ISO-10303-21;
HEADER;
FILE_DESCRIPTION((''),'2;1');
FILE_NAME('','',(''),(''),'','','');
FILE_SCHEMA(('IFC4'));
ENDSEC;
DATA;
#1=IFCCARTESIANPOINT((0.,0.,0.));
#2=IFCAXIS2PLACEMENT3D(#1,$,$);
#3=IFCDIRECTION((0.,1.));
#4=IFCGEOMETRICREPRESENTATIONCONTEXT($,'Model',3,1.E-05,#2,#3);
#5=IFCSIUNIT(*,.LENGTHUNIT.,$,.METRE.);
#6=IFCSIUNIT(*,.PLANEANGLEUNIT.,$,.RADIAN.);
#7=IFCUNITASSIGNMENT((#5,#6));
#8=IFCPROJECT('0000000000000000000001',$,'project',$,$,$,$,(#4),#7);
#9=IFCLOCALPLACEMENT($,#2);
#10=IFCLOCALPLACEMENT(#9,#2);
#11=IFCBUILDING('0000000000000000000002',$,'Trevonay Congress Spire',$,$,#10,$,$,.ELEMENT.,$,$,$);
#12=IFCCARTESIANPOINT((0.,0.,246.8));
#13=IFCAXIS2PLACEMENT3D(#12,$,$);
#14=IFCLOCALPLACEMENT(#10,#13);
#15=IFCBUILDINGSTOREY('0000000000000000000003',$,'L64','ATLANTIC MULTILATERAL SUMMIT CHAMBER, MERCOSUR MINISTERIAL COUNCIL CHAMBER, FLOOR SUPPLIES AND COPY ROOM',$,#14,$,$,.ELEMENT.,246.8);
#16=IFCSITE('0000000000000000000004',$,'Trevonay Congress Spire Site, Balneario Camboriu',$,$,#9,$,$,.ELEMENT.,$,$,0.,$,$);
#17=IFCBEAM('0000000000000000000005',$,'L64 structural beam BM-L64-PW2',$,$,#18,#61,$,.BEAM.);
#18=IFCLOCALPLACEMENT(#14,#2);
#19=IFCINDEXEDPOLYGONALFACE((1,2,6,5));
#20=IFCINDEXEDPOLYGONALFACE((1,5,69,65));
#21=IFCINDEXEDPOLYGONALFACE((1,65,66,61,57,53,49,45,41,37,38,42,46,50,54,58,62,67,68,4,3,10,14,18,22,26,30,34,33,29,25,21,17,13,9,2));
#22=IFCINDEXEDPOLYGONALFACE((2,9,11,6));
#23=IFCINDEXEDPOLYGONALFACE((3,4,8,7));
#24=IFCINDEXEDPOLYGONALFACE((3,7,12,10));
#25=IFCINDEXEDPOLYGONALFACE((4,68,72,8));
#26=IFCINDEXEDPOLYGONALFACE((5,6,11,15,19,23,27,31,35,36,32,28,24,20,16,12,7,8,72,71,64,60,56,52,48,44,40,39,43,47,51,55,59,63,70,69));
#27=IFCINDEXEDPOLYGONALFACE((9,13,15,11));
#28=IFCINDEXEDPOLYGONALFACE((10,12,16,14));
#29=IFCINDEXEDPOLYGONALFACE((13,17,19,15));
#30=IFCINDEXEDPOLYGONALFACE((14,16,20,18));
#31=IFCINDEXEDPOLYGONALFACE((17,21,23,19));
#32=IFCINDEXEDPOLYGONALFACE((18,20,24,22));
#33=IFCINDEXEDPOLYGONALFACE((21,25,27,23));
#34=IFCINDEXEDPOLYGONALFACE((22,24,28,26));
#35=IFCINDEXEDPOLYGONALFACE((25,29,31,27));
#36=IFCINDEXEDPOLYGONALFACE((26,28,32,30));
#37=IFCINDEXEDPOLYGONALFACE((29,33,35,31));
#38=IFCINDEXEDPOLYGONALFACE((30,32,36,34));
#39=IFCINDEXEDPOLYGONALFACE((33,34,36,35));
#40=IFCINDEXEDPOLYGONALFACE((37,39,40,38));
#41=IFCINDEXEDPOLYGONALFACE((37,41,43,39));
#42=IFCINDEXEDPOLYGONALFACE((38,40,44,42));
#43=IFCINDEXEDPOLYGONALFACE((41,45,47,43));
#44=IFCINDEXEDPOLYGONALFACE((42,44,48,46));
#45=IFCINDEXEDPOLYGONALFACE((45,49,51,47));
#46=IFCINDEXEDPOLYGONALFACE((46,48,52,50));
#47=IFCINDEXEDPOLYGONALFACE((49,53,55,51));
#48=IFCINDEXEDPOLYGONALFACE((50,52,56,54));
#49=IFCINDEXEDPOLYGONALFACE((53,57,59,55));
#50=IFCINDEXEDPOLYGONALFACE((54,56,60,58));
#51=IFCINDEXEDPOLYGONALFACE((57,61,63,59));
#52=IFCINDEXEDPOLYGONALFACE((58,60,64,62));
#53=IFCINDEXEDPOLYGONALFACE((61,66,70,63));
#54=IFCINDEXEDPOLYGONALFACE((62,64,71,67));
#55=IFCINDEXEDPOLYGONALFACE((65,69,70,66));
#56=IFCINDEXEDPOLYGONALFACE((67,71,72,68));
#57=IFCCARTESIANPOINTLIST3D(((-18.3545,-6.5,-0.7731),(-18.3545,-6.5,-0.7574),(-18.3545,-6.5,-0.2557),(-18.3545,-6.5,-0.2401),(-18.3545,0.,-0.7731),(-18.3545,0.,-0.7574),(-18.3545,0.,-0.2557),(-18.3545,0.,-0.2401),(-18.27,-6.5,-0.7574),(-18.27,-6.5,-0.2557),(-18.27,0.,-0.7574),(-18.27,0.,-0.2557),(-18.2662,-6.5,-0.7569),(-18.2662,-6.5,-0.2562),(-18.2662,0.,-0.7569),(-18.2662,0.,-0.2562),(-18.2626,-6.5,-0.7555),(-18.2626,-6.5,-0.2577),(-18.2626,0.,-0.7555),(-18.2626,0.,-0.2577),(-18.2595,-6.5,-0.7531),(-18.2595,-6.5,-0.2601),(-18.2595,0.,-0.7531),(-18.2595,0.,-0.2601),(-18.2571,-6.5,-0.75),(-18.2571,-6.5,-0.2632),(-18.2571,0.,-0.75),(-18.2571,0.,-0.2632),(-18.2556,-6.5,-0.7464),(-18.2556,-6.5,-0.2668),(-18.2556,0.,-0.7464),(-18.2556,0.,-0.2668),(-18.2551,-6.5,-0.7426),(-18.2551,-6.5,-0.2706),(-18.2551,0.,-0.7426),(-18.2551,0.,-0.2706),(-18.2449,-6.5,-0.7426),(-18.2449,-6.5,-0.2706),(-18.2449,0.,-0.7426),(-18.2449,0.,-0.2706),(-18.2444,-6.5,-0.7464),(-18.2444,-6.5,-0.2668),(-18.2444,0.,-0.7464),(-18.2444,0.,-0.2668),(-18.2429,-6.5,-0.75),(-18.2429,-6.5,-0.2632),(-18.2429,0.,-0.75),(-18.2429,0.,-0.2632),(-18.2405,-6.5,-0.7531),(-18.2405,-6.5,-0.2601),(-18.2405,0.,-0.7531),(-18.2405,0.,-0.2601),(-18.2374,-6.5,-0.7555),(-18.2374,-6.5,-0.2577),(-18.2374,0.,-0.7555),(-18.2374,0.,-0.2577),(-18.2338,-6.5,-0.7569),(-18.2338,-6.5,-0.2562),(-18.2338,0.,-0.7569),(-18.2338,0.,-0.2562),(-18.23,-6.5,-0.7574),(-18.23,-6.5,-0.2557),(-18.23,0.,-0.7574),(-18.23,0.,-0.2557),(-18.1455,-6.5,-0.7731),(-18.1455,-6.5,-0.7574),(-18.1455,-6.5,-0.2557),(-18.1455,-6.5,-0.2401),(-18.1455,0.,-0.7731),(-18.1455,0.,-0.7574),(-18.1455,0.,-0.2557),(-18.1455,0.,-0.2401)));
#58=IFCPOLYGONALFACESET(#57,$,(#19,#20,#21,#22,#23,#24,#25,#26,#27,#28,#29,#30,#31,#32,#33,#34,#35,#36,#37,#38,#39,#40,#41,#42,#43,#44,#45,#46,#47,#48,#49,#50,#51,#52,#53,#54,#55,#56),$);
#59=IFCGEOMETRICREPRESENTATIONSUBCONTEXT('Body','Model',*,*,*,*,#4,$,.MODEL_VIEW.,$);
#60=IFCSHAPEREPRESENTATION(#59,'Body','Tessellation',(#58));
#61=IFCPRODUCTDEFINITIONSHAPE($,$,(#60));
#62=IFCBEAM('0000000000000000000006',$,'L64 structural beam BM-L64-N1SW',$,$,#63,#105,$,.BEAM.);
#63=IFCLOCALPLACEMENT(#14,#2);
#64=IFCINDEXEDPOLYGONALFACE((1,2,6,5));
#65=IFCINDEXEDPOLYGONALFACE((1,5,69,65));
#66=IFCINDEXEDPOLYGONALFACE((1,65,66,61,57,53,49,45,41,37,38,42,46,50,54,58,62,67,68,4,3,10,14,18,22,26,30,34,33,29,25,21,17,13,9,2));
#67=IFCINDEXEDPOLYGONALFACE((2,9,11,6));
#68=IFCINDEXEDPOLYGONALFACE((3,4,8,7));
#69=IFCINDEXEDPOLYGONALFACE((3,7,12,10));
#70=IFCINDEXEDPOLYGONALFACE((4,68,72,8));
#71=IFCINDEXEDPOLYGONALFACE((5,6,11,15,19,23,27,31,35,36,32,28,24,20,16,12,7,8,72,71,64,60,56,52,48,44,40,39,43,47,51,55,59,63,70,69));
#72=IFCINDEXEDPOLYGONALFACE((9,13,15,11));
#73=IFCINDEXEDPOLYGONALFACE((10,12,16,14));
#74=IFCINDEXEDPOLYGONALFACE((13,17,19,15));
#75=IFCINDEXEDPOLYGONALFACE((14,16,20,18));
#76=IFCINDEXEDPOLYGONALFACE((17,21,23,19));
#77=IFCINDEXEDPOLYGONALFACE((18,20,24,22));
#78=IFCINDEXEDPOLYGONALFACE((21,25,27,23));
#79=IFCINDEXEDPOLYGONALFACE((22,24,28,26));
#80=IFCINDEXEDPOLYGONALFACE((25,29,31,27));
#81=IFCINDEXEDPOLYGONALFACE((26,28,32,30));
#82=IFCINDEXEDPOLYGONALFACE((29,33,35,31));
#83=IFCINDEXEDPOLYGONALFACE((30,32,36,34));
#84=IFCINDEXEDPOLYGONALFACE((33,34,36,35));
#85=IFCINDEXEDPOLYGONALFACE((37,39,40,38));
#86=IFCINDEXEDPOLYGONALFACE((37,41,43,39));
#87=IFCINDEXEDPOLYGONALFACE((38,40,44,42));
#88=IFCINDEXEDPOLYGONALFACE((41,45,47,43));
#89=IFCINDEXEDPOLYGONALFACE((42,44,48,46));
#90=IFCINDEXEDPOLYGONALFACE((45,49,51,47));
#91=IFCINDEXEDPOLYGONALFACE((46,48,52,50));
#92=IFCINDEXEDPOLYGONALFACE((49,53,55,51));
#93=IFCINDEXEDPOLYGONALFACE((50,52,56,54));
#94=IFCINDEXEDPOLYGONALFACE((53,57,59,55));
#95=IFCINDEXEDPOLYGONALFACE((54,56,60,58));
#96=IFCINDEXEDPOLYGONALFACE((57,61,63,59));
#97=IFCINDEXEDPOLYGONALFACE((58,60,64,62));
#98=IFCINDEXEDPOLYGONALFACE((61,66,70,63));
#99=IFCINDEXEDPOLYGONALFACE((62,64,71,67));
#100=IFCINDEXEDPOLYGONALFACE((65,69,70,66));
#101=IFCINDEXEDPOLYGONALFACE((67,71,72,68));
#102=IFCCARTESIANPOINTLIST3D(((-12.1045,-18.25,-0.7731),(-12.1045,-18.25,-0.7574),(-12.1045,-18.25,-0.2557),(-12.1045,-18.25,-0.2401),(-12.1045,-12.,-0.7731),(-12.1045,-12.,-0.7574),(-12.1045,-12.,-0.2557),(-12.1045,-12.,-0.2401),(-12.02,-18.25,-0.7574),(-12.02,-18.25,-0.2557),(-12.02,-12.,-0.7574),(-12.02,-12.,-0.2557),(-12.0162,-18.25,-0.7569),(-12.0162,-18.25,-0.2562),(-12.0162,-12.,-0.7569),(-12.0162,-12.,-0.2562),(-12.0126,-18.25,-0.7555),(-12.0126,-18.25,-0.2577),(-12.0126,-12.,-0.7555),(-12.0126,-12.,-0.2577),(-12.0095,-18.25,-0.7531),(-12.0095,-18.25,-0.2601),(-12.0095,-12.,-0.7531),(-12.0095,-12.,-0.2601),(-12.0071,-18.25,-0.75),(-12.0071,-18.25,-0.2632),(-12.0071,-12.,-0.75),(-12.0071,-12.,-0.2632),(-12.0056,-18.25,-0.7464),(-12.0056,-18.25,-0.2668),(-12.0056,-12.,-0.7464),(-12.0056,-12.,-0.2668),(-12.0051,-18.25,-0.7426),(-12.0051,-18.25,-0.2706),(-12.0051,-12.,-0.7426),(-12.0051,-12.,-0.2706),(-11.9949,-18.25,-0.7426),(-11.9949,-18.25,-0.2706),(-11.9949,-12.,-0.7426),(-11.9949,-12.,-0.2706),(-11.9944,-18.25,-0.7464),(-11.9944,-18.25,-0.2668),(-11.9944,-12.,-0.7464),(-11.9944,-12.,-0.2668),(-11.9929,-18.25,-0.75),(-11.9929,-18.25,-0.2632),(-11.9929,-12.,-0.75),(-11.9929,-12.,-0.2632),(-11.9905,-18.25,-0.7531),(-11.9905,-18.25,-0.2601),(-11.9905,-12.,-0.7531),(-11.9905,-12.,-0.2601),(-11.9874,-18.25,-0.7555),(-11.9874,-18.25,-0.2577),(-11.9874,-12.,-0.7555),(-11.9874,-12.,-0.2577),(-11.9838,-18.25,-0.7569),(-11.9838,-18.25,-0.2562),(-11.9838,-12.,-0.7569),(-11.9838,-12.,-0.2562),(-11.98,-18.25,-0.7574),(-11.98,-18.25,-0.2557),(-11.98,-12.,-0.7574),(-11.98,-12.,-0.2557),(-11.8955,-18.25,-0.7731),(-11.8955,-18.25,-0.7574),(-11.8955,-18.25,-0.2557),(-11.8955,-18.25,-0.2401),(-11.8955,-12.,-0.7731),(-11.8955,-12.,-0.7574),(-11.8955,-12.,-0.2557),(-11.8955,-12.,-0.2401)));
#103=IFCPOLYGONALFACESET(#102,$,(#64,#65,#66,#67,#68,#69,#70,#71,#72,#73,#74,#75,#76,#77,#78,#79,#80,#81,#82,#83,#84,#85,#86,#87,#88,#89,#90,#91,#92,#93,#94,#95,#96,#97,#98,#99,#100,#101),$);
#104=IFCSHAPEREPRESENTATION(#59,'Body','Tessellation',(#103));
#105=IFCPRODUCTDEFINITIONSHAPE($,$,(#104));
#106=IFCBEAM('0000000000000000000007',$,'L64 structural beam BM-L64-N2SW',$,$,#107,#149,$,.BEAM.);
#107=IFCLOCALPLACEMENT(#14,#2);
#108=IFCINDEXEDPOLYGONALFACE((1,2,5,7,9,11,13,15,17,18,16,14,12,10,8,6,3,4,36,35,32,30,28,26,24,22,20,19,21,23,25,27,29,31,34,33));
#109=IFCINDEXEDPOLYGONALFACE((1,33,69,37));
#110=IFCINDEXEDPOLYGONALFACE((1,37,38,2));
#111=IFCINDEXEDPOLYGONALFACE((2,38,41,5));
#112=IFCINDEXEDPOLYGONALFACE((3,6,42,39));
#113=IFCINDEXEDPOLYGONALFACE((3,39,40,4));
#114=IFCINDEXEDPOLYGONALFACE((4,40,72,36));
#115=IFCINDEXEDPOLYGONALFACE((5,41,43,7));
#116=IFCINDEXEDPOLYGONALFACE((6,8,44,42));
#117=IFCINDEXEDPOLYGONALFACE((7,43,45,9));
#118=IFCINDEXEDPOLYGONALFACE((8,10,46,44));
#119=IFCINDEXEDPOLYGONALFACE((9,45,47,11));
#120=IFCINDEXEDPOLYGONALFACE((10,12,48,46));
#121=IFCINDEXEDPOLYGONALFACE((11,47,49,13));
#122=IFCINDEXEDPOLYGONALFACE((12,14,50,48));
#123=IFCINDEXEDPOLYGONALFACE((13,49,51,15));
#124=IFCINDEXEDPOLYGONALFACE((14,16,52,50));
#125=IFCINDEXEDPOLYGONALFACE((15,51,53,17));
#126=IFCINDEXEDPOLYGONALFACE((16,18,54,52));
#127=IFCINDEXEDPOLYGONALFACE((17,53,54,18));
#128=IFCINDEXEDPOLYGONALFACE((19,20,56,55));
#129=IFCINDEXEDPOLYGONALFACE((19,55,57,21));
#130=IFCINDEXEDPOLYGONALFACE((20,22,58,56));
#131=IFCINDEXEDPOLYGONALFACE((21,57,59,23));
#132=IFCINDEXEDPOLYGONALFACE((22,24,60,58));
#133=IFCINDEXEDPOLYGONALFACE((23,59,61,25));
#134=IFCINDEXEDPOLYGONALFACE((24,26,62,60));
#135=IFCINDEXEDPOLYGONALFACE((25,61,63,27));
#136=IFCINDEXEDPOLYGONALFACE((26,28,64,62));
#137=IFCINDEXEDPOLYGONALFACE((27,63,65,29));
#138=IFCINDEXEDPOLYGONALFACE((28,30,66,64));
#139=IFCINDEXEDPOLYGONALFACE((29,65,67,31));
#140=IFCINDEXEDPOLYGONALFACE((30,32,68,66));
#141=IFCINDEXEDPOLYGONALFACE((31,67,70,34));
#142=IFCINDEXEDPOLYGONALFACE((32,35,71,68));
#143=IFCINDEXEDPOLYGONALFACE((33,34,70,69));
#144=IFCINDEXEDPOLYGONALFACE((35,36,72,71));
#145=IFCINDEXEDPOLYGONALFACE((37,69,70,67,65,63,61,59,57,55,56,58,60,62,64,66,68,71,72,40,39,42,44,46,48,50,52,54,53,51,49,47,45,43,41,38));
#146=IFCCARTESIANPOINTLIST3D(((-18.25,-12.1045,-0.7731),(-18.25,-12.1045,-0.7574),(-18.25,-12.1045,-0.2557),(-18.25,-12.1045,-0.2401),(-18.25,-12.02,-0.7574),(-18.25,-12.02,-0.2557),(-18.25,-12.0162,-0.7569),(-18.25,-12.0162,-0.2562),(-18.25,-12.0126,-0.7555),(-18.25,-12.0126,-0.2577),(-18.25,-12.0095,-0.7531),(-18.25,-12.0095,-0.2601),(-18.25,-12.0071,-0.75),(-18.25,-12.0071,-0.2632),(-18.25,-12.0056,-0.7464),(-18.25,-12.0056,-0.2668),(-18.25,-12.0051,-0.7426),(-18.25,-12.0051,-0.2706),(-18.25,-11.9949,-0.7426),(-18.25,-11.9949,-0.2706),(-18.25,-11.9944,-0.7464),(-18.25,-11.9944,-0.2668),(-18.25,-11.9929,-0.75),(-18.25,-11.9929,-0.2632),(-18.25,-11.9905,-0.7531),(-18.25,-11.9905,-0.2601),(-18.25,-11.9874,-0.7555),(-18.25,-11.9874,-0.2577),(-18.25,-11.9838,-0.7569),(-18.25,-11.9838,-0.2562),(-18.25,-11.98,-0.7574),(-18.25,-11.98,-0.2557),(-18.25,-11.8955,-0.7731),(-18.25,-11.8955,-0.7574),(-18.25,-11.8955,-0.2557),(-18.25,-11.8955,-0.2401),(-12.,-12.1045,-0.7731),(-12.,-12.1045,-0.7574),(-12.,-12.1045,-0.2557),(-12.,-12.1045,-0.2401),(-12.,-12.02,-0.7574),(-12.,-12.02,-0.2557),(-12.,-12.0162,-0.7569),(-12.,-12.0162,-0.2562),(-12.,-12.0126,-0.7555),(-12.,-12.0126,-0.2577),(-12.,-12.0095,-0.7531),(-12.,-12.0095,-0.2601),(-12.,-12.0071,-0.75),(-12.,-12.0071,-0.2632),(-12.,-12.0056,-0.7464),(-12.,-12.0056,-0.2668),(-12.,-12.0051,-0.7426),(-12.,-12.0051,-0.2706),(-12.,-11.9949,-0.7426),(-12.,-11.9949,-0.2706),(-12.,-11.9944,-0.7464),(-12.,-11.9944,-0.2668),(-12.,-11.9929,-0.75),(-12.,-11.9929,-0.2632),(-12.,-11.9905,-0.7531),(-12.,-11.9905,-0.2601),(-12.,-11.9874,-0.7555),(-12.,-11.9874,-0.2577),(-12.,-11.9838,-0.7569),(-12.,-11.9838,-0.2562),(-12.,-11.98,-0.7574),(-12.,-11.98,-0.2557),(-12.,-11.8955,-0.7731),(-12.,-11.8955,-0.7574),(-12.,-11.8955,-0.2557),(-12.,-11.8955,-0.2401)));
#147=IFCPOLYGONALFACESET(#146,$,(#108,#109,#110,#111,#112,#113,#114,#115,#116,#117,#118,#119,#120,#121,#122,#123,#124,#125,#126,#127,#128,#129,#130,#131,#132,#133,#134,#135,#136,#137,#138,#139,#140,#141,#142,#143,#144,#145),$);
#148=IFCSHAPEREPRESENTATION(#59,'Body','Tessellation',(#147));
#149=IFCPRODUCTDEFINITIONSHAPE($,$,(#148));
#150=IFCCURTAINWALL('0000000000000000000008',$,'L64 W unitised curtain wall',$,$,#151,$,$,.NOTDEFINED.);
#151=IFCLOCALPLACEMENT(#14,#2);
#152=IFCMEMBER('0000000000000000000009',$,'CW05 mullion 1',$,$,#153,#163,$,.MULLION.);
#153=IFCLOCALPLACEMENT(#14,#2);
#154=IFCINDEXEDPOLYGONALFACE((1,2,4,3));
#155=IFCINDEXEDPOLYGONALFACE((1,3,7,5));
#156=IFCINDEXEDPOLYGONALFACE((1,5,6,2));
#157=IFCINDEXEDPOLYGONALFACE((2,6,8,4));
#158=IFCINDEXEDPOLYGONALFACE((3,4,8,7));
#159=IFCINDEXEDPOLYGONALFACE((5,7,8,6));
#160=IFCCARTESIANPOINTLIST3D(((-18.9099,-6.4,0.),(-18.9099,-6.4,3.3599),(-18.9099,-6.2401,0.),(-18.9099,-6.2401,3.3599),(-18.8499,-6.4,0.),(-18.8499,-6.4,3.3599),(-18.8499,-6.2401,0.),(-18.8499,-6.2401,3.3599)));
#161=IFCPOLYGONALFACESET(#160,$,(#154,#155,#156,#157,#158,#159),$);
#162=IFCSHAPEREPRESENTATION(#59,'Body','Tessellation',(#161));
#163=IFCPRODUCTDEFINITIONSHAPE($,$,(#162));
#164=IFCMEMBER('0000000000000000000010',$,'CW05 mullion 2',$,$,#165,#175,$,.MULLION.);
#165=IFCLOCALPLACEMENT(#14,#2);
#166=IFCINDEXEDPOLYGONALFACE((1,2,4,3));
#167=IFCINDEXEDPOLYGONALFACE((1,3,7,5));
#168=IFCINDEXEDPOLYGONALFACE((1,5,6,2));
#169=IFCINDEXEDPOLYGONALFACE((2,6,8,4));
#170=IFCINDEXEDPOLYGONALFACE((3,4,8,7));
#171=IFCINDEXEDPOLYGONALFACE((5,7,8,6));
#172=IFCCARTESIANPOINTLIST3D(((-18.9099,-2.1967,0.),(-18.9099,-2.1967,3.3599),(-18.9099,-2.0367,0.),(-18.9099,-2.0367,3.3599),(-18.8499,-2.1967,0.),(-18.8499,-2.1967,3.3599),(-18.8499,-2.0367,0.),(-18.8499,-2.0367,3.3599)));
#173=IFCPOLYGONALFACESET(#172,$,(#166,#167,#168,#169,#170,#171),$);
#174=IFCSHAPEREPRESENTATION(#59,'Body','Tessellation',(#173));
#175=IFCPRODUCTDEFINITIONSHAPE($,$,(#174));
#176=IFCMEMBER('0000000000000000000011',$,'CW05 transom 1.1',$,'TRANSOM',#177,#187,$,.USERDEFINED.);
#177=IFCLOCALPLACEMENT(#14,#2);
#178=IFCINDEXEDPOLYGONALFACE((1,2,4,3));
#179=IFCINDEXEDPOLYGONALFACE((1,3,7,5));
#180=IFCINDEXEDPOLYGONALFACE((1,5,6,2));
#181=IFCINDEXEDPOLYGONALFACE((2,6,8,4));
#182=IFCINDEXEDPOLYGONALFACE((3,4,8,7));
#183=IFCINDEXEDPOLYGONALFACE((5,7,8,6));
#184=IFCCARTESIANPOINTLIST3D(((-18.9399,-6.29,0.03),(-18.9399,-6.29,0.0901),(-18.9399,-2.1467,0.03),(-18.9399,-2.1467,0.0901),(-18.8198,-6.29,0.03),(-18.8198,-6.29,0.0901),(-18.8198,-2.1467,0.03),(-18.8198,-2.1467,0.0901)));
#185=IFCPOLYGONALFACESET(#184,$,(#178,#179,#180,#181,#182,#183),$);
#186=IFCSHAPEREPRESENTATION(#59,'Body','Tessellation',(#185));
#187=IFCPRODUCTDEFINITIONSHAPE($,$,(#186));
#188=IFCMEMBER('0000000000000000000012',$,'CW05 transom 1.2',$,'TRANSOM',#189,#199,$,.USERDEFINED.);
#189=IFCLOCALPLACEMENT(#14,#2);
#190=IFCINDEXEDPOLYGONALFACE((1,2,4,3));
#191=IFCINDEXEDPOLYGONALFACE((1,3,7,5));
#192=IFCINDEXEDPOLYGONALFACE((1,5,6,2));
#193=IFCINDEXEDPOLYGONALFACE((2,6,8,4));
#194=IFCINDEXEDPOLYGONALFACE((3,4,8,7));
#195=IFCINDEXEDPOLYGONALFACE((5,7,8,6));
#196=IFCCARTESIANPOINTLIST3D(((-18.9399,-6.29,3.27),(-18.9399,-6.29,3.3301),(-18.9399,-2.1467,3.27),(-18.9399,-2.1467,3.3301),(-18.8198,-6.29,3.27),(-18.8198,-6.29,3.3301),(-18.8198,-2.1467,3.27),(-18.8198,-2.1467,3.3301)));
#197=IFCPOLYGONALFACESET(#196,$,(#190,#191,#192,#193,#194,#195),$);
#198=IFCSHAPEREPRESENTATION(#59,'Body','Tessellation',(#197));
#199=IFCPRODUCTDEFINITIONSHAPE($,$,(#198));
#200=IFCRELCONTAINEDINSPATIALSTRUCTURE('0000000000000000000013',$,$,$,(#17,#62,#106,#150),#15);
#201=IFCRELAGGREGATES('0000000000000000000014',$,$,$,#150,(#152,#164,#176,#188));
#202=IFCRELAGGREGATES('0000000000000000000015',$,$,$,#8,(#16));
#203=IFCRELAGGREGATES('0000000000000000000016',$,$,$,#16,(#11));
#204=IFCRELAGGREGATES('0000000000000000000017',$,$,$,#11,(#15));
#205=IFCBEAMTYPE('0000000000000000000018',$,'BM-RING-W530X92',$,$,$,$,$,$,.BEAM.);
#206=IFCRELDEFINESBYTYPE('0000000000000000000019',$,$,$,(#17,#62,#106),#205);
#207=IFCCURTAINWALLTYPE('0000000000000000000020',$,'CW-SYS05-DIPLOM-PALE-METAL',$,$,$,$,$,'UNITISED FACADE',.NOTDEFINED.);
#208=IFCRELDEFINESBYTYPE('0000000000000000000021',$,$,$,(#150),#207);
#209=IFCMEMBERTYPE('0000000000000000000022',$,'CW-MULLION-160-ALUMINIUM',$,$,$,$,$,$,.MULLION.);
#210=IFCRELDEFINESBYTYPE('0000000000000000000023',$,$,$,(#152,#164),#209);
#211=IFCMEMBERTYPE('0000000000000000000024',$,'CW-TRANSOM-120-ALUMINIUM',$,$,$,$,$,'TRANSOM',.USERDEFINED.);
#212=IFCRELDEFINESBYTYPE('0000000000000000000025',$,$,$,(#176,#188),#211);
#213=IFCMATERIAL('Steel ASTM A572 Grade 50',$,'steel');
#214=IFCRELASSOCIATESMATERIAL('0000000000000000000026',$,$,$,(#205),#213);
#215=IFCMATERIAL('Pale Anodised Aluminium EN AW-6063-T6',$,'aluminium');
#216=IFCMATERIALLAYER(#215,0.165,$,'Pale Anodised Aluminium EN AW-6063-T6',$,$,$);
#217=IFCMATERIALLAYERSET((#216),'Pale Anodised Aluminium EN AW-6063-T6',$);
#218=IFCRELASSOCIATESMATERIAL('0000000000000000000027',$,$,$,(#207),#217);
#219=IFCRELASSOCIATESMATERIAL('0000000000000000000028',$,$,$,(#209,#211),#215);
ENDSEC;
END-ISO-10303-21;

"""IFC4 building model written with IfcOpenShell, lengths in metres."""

from ifc_helpers import new_model, si_unit, direction, frame, origin, origin_2d, place, context, subcontext, project, spatial, rectangle, i_section, extrude, material, layer, layer_set, material_profile, profile_set, type_object, element, aggregate, save


model = new_model("IFC4")

# Units and contexts
model_context = context("Model", 3, precision=1e-05, world=origin(), true_north=direction((0.0, 1.0)))
body_context = subcontext(model_context, "Body", "Model", "MODEL_VIEW")
ifc_project = project(units=[si_unit("LENGTHUNIT", "METRE"), si_unit("PLANEANGLEUNIT", "RADIAN")], contexts=[model_context])

# Site, building, storey
site_placement = place(None, origin())
site = spatial("IfcSite", under=ifc_project, at=site_placement, Name="Trevonay Congress Spire Site, Balneario Camboriu", CompositionType="ELEMENT", RefElevation=0.0)
building_placement = place(site_placement, origin())
building = spatial("IfcBuilding", under=site, at=building_placement, Name="Trevonay Congress Spire", CompositionType="ELEMENT")
storey_placement = place(building_placement, frame((0.0, 0.0, 246.8)))
storey = spatial("IfcBuildingStorey", under=building, at=storey_placement, Name="L64", Description="ATLANTIC MULTILATERAL SUMMIT CHAMBER, MERCOSUR MINISTERIAL COUNCIL CHAMBER, FLOOR SUPPLIES AND COPY ROOM", CompositionType="ELEMENT", Elevation=246.8)

# Shared definitions
ifc_material_1 = material(Name="Steel ASTM A572 Grade 50", Category="steel")

# Beams
ifc_material_profile_1 = material_profile(ifc_material_1, i_section(OverallWidth=0.209, OverallDepth=0.533, WebThickness=0.0103, FlangeThickness=0.0156, FilletRadius=0.0149, at=origin_2d()), Name="W530x92")
ifc_profile_set_1 = profile_set([ifc_material_profile_1], Name="Steel ASTM A572 Grade 50")
beam_type_1 = type_object("IfcBeamType", Name="BM-RING-W530X92", PredefinedType="BEAM", material=ifc_profile_set_1)
beam_1_placement = place(storey_placement, frame((-18.25, -6.5, -0.5066), z_axis=(0.0, 1.0, 0.0), x_axis=(-1.0, 0.0, 0.0)))
element("IfcBeam", 1, at=beam_1_placement, inside=storey, type_object=beam_type_1, Name="L64 structural beam BM-L64-PW2", PredefinedType="BEAM", context=body_context, shape_type="SweptSolid", body=[
    extrude(i_section(OverallWidth=0.209, OverallDepth=0.533, WebThickness=0.0103, FlangeThickness=0.0156, FilletRadius=0.0149, at=origin_2d()), origin(), (0.0, 0.0, 1.0), 6.5),
])
for number, where, z_axis, x_axis, name in (
    (2, (-12.0, -18.25, -0.5066), (0.0, 1.0, 0.0), (-1.0, 0.0, 0.0), "L64 structural beam BM-L64-N1SW"),
    (3, (-18.25, -12.0, -0.5066), (1.0, 0.0, 0.0), (0.0, 1.0, 0.0), "L64 structural beam BM-L64-N2SW"),
):
    element("IfcBeam", number, at=place(storey_placement, frame(where, z_axis=z_axis, x_axis=x_axis)), inside=storey, type_object=beam_type_1, Name=name, PredefinedType="BEAM", context=body_context, shape_type="SweptSolid", body=[
        extrude(i_section(OverallWidth=0.209, OverallDepth=0.533, WebThickness=0.0103, FlangeThickness=0.0156, FilletRadius=0.0149, at=origin_2d()), origin(), (0.0, 0.0, 1.0), 6.25),
    ])

# Curtain wall, members
ifc_material_2 = material(Name="Pale Anodised Aluminium EN AW-6063-T6", Category="aluminium")
ifc_layer_1 = layer(ifc_material_2, 0.165, Name="Pale Anodised Aluminium EN AW-6063-T6")
ifc_layer_set_1 = layer_set([ifc_layer_1], Name="Pale Anodised Aluminium EN AW-6063-T6")
curtain_wall_type = type_object("IfcCurtainWallType", Name="CW-SYS05-DIPLOM-PALE-METAL", ElementType="UNITISED FACADE", PredefinedType="NOTDEFINED", material=ifc_layer_set_1)
curtain_wall_placement = place(storey_placement, origin())
curtain_wall = element("IfcCurtainWall", 4, at=curtain_wall_placement, inside=storey, type_object=curtain_wall_type, Name="L64 W unitised curtain wall", PredefinedType="NOTDEFINED")
ifc_material_profile_2 = material_profile(ifc_material_2, rectangle(XDim=0.0601, YDim=0.1599, at=origin_2d()), Name="CW-MULLION-160-ALUMINIUM")
ifc_profile_set_2 = profile_set([ifc_material_profile_2], Name="Pale Anodised Aluminium EN AW-6063-T6")
member_type_1 = type_object("IfcMemberType", Name="CW-MULLION-160-ALUMINIUM", PredefinedType="MULLION", material=ifc_profile_set_2)
member_1_placement = place(storey_placement, frame((-18.8799, -6.3201, 0.0), z_axis=(0.0, 0.0, 1.0), x_axis=(-1.0, 0.0, 0.0)))
member_1 = element("IfcMember", 5, at=member_1_placement, type_object=member_type_1, Name="CW05 mullion 1", PredefinedType="MULLION", context=body_context, shape_type="SweptSolid", body=[
    extrude(rectangle(XDim=0.0601, YDim=0.1599, at=origin_2d()), origin(), (0.0, 0.0, 1.0), 3.3599),
])
member_2_placement = place(storey_placement, frame((-18.8799, -2.1167, 0.0), z_axis=(0.0, 0.0, 1.0), x_axis=(-1.0, 0.0, 0.0)))
member_2 = element("IfcMember", 6, at=member_2_placement, type_object=member_type_1, Name="CW05 mullion 2", PredefinedType="MULLION", context=body_context, shape_type="SweptSolid", body=[
    extrude(rectangle(XDim=0.0601, YDim=0.1599, at=origin_2d()), origin(), (0.0, 0.0, 1.0), 3.3599),
])
ifc_material_profile_3 = material_profile(ifc_material_2, rectangle(XDim=0.1201, YDim=0.0601, at=origin_2d()), Name="CW-TRANSOM-120-ALUMINIUM")
ifc_profile_set_3 = profile_set([ifc_material_profile_3], Name="Pale Anodised Aluminium EN AW-6063-T6")
member_type_2 = type_object("IfcMemberType", Name="CW-TRANSOM-120-ALUMINIUM", ElementType="TRANSOM", PredefinedType="USERDEFINED", material=ifc_profile_set_3)
member_3_placement = place(storey_placement, frame((-18.8799, -6.29, 0.0601), z_axis=(0.0, 1.0, 0.0), x_axis=(-1.0, 0.0, 0.0)))
member_3 = element("IfcMember", 7, at=member_3_placement, type_object=member_type_2, Name="CW05 transom 1.1", ObjectType="TRANSOM", PredefinedType="USERDEFINED", context=body_context, shape_type="SweptSolid", body=[
    extrude(rectangle(XDim=0.1201, YDim=0.0601, at=origin_2d()), origin(), (0.0, 0.0, 1.0), 4.1433),
])
member_4_placement = place(storey_placement, frame((-18.8799, -6.29, 3.3), z_axis=(0.0, 1.0, 0.0), x_axis=(-1.0, 0.0, 0.0)))
member_4 = element("IfcMember", 8, at=member_4_placement, type_object=member_type_2, Name="CW05 transom 1.2", ObjectType="TRANSOM", PredefinedType="USERDEFINED", context=body_context, shape_type="SweptSolid", body=[
    extrude(rectangle(XDim=0.1201, YDim=0.0601, at=origin_2d()), origin(), (0.0, 0.0, 1.0), 4.1433),
])

aggregate(curtain_wall, [member_1, member_2, member_3, member_4])

save(model, "model.ifc")
